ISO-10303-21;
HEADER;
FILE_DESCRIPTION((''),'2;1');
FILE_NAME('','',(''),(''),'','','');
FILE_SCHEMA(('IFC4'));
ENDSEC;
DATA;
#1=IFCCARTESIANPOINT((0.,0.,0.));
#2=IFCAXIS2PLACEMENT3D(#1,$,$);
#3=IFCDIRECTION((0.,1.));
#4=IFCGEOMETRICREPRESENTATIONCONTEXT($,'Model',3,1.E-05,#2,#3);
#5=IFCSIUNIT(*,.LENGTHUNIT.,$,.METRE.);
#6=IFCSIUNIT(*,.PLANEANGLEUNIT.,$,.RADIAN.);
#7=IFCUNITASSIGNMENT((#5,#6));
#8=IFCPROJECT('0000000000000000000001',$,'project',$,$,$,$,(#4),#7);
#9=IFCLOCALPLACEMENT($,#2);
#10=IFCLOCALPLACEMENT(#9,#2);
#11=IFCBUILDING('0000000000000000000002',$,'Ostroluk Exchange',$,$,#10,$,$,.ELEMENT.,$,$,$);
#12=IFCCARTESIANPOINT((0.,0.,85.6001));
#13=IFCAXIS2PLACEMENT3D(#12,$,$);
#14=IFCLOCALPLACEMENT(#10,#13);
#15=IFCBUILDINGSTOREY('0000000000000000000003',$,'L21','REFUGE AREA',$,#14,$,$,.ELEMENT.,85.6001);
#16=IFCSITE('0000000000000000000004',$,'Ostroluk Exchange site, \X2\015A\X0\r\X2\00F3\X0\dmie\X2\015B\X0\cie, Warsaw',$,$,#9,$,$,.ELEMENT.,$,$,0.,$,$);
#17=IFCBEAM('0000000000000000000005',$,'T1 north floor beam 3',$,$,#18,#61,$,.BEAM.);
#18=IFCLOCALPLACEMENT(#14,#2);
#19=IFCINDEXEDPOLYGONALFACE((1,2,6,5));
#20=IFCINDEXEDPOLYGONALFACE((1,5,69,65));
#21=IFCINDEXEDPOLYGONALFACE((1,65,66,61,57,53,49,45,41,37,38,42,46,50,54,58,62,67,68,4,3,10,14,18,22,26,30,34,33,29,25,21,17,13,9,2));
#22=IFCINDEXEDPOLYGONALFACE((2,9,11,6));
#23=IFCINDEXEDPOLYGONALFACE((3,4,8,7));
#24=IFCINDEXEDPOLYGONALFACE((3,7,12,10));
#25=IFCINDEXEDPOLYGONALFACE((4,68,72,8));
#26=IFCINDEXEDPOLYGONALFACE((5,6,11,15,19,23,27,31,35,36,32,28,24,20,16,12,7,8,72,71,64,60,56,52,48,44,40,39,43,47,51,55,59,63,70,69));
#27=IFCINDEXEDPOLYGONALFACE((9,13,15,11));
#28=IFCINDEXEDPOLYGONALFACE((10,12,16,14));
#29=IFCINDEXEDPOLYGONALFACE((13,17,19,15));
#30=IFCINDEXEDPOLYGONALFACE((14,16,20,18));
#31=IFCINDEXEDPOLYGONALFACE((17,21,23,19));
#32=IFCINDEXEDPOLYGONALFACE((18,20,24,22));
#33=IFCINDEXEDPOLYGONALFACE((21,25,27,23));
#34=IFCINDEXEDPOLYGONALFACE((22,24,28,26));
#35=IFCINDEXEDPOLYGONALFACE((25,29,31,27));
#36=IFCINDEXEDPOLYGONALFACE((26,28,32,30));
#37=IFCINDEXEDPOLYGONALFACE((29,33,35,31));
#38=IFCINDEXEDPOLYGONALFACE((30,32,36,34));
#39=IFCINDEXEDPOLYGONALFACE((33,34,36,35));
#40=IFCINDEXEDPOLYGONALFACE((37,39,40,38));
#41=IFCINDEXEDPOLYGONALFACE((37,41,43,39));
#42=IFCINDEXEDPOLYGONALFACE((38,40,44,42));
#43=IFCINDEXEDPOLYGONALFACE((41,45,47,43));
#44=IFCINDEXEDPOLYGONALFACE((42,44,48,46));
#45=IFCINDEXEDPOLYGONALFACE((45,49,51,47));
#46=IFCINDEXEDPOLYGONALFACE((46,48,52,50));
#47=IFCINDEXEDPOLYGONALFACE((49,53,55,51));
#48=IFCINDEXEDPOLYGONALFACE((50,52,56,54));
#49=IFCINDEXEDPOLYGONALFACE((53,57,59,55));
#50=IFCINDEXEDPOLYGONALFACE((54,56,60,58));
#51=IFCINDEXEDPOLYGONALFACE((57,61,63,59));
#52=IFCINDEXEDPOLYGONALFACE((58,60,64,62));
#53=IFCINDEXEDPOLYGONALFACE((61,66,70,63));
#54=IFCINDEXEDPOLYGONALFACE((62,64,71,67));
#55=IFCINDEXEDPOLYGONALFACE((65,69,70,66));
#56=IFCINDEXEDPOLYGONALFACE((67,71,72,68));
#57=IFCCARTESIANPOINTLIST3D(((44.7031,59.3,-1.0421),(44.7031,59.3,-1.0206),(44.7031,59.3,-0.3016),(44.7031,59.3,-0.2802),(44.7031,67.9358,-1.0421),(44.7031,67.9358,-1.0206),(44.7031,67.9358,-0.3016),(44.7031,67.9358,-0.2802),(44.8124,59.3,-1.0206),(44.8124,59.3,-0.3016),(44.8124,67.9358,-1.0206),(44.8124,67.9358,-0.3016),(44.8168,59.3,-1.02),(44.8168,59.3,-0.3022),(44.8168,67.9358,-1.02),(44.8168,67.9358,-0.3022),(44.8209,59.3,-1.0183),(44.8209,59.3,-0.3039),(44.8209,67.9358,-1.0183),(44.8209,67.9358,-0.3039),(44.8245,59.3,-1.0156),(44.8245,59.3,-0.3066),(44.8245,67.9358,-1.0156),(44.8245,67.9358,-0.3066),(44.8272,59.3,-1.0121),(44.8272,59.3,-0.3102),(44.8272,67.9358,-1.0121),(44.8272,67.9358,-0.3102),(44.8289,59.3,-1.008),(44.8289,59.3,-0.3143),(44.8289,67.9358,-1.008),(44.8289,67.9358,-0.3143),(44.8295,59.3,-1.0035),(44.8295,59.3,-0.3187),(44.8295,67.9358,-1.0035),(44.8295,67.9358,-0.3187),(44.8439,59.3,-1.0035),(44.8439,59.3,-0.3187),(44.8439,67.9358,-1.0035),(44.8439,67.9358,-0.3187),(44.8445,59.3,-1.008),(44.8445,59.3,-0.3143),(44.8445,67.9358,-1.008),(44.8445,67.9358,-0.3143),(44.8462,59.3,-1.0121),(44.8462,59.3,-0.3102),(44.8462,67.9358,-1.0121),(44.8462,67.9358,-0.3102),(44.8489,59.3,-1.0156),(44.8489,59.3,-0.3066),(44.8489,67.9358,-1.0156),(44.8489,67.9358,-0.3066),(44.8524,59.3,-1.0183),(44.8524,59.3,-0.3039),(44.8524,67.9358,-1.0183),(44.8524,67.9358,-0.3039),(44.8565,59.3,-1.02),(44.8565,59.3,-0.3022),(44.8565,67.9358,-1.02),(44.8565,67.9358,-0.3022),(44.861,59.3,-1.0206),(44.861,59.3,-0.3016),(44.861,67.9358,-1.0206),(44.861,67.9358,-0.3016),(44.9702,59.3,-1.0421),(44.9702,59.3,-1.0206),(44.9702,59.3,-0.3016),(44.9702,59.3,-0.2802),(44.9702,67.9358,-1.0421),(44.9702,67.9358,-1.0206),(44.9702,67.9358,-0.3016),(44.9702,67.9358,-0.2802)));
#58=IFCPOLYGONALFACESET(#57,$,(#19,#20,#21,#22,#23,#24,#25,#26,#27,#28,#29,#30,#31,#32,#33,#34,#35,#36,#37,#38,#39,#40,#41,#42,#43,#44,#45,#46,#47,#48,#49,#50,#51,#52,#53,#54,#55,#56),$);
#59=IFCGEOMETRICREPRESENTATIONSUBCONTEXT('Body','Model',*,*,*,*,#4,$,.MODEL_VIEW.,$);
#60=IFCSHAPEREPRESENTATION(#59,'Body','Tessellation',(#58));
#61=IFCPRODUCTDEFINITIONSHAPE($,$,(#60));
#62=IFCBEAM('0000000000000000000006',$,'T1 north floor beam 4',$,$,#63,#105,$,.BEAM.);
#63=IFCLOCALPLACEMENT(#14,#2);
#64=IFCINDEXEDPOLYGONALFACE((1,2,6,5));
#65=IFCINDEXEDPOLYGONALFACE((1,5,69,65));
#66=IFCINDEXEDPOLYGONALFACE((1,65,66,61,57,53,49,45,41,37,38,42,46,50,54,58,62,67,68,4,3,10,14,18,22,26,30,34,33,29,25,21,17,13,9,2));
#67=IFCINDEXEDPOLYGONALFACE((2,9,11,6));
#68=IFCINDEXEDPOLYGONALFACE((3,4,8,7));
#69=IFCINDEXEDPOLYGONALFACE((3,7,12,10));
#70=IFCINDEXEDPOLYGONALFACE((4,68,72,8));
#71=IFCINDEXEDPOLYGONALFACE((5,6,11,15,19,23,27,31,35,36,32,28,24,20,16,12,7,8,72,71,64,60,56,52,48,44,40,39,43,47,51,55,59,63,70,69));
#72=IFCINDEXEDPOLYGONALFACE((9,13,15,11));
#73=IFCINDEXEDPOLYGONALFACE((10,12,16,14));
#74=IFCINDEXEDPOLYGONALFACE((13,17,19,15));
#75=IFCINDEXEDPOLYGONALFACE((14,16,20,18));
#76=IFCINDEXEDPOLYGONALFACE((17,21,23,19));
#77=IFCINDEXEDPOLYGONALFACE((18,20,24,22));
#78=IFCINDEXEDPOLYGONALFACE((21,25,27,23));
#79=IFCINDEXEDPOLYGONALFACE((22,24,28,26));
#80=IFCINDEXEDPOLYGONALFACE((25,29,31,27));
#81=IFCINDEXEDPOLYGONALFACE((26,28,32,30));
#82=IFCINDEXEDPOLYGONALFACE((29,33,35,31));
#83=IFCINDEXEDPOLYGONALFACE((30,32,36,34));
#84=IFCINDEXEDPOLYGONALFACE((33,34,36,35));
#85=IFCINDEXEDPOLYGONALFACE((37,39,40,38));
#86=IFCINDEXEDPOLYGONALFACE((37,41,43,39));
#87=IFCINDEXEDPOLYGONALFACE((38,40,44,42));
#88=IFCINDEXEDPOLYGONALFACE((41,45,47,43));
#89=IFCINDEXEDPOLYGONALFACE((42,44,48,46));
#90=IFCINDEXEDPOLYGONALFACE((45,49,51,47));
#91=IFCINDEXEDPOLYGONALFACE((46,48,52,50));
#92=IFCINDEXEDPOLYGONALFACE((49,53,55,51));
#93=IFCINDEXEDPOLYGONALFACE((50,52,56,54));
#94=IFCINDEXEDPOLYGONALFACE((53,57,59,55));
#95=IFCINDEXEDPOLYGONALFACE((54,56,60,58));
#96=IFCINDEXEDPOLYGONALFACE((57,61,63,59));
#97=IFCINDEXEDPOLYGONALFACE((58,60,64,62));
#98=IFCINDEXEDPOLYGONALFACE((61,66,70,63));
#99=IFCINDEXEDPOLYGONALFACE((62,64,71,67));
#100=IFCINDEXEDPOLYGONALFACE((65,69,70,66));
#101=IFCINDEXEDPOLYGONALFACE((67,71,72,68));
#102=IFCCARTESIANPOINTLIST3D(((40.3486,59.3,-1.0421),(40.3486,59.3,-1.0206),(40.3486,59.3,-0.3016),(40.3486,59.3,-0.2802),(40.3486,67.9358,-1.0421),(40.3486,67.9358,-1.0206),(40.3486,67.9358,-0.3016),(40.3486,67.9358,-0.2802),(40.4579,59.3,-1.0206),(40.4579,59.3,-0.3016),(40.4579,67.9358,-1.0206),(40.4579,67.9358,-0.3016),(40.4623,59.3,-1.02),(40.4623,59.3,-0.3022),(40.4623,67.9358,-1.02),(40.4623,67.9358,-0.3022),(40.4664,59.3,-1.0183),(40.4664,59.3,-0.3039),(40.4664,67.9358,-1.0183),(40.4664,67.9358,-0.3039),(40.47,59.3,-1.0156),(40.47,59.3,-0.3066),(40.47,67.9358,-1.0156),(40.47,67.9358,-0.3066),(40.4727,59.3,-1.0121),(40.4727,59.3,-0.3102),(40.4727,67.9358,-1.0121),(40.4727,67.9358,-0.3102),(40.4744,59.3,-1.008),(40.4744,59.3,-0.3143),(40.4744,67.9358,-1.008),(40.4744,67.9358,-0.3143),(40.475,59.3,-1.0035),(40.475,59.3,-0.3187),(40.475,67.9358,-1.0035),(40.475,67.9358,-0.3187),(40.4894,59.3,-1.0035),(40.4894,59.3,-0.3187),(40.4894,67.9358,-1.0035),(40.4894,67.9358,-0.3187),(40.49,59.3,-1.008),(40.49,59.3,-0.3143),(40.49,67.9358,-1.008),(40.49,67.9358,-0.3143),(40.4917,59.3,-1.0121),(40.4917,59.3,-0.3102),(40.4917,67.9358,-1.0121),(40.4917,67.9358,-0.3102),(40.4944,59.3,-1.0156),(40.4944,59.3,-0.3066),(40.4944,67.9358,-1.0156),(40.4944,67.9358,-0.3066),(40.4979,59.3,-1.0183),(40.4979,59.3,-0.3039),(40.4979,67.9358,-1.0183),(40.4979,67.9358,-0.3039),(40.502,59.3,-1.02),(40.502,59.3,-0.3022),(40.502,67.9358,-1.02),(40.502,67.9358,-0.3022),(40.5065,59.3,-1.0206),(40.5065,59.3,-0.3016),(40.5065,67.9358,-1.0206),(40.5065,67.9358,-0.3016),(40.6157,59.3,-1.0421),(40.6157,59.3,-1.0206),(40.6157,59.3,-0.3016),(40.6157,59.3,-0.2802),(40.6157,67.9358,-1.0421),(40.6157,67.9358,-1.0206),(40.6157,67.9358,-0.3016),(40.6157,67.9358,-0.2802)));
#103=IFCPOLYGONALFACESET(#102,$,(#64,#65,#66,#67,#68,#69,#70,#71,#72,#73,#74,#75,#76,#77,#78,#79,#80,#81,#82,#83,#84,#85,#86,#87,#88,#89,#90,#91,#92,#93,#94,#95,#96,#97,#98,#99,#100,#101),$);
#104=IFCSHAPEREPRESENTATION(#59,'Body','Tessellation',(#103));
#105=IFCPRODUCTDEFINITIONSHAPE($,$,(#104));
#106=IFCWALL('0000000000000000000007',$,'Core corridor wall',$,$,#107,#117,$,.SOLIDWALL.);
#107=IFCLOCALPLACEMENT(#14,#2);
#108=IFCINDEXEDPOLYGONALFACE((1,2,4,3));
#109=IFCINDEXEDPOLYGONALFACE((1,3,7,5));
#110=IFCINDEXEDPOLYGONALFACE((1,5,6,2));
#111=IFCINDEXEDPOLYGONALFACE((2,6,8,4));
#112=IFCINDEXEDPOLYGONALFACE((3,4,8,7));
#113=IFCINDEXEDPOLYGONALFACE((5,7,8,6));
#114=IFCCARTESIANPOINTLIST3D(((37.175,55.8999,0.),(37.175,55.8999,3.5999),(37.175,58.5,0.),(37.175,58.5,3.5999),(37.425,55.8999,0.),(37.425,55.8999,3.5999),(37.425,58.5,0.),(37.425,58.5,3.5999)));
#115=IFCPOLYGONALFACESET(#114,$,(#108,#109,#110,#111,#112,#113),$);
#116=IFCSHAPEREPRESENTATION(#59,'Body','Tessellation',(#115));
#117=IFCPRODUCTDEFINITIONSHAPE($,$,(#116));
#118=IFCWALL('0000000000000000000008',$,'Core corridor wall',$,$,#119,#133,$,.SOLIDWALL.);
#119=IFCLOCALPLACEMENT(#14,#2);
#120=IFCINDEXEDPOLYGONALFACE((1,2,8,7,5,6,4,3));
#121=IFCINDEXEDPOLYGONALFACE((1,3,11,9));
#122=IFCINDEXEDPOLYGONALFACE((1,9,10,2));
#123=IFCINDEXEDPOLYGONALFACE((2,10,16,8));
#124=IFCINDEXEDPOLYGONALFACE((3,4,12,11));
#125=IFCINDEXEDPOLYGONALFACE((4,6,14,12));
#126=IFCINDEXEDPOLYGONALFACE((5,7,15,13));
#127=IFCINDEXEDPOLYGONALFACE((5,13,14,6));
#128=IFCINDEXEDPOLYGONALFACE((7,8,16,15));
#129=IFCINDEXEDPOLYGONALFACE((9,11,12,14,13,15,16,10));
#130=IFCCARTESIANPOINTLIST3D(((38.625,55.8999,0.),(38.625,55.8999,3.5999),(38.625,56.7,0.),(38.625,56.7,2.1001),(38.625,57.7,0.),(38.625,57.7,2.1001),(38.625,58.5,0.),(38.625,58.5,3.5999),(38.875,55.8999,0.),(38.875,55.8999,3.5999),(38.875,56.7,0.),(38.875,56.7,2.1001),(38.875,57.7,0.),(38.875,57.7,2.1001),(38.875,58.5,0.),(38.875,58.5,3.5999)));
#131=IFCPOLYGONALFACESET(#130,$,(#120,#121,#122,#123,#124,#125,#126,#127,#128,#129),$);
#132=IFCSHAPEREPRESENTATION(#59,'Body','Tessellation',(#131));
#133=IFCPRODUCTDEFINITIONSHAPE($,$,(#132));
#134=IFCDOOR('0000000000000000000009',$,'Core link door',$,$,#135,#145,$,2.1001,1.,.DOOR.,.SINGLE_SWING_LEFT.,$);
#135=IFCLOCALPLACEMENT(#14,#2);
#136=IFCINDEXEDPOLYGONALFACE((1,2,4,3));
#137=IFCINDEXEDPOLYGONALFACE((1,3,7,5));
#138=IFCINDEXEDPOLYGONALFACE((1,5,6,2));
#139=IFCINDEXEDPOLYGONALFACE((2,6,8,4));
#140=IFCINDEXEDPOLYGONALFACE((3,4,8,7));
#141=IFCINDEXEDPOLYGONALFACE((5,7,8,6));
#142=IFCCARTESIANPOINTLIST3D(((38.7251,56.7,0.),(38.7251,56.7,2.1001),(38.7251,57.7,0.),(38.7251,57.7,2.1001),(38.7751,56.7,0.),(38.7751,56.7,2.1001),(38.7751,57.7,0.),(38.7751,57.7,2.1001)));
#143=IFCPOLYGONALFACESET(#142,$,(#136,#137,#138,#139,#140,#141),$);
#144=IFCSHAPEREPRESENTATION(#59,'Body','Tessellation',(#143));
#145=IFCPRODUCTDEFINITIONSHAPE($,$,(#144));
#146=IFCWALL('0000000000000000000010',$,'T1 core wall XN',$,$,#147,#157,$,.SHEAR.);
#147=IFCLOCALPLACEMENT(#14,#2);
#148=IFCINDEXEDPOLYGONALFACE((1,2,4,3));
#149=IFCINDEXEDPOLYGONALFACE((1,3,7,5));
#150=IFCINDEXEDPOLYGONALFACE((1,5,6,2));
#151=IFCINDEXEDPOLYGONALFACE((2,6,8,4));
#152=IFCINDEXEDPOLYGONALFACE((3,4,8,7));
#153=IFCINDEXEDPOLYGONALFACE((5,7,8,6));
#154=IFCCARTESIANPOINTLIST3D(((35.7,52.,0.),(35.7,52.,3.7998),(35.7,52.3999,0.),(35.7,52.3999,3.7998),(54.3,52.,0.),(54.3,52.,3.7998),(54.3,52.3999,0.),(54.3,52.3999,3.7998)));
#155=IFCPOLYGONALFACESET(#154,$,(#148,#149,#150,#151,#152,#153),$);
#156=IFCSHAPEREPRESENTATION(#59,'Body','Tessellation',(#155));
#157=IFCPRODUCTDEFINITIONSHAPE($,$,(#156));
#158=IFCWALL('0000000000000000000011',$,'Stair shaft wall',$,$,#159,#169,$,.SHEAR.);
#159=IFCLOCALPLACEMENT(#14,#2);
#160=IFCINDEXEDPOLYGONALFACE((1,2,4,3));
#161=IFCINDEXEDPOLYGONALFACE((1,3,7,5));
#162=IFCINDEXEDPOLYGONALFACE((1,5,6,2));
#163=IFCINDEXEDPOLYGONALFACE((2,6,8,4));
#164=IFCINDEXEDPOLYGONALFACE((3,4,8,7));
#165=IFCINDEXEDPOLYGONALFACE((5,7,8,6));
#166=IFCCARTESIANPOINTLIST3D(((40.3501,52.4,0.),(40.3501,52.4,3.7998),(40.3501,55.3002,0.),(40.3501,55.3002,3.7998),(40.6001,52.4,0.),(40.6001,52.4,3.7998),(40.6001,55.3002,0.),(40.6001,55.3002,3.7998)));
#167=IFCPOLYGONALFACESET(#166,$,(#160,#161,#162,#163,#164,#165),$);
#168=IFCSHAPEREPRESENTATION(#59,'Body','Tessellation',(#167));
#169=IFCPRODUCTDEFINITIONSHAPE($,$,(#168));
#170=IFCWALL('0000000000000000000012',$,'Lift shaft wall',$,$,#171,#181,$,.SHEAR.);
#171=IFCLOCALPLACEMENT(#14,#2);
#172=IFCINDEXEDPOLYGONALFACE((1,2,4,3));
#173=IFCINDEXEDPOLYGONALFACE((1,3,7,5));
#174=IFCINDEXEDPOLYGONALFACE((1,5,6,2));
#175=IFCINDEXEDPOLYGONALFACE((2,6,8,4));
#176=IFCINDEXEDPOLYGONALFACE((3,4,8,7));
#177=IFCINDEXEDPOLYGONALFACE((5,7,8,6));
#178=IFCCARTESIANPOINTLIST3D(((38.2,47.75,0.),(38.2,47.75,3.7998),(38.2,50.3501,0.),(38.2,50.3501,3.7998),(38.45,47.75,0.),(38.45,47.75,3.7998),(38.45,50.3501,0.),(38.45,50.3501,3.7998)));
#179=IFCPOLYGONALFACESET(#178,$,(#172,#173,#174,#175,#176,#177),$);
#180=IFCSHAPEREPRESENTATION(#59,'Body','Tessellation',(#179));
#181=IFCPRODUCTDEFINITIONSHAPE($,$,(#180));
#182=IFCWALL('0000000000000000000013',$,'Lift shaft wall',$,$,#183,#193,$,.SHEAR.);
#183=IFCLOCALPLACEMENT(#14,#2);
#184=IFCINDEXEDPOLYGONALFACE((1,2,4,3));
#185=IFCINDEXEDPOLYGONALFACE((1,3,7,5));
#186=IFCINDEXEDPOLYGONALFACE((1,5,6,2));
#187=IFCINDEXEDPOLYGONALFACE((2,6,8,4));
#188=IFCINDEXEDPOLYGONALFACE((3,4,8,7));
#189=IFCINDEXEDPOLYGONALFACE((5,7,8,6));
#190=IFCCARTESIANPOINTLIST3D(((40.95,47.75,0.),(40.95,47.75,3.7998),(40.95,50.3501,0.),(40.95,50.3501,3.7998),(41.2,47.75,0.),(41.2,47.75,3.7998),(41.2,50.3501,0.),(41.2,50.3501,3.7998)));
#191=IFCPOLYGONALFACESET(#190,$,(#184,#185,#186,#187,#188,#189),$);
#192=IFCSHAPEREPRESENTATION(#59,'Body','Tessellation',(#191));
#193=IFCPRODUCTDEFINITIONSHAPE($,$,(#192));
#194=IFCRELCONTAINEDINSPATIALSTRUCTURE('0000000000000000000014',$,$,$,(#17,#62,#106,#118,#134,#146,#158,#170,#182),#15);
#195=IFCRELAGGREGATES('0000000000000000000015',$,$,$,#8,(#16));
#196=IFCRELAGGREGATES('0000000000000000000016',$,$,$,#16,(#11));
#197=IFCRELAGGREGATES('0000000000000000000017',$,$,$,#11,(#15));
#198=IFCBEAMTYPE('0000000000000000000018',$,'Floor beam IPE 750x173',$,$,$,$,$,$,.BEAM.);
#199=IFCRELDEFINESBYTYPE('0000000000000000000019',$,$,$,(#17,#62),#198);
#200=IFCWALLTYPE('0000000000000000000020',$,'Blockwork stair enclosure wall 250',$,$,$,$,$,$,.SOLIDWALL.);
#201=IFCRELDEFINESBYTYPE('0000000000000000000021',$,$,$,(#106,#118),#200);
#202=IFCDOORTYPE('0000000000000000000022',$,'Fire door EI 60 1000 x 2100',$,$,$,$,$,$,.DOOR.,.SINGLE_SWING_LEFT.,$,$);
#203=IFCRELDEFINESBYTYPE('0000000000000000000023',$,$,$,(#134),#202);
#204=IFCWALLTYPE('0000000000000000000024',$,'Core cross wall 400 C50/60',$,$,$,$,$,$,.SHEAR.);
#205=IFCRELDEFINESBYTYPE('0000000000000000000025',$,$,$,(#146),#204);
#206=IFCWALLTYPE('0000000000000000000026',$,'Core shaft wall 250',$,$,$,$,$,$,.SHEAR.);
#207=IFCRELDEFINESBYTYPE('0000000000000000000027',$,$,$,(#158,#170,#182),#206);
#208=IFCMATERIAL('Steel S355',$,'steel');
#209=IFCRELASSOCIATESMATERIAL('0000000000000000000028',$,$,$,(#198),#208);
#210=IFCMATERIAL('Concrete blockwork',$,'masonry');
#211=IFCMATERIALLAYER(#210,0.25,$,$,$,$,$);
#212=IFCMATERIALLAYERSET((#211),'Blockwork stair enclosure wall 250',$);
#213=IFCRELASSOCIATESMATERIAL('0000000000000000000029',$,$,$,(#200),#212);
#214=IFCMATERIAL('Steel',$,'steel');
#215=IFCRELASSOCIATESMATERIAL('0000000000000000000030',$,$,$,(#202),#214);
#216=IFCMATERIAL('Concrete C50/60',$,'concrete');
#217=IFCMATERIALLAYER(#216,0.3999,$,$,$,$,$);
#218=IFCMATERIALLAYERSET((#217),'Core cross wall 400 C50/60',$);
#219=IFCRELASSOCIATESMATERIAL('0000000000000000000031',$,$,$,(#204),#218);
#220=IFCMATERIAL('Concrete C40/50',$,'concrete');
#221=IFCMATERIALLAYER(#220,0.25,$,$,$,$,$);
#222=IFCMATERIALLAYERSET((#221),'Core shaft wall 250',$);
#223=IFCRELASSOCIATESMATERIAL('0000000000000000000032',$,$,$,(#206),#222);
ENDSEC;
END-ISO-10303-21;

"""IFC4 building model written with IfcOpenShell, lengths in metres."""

from ifc_helpers import new_model, si_unit, direction, frame, frame_2d, origin, origin_2d, place, context, subcontext, project, spatial, rectangle, i_section, extrude, material, layer, layer_set, material_profile, profile_set, type_object, element, fill, save


model = new_model("IFC4")

# Units and contexts
model_context = context("Model", 3, precision=1e-05, world=origin(), true_north=direction((0.0, 1.0)))
body_context = subcontext(model_context, "Body", "Model", "MODEL_VIEW")
ifc_project = project(units=[si_unit("LENGTHUNIT", "METRE"), si_unit("PLANEANGLEUNIT", "RADIAN")], contexts=[model_context])

# Site, building, storey
site_placement = place(None, origin())
site = spatial("IfcSite", under=ifc_project, at=site_placement, Name="Ostroluk Exchange site, Śródmieście, Warsaw", CompositionType="ELEMENT", RefElevation=0.0)
building_placement = place(site_placement, origin())
building = spatial("IfcBuilding", under=site, at=building_placement, Name="Ostroluk Exchange", CompositionType="ELEMENT")
storey_placement = place(building_placement, frame((0.0, 0.0, 85.6001)))
storey = spatial("IfcBuildingStorey", under=building, at=storey_placement, Name="L21", Description="REFUGE AREA", CompositionType="ELEMENT", Elevation=85.6001)

# Beams
ifc_material_1 = material(Name="Steel S355", Category="steel")
ifc_material_profile_1 = material_profile(ifc_material_1, i_section(OverallWidth=0.2671, OverallDepth=0.762, WebThickness=0.0144, FlangeThickness=0.0215, FilletRadius=0.0171, at=origin_2d()), Name="IPE 750x173")
ifc_profile_set_1 = profile_set([ifc_material_profile_1], Name="Steel S355")
beam_type_1 = type_object("IfcBeamType", Name="Floor beam IPE 750x173", PredefinedType="BEAM", material=ifc_profile_set_1)
for number, where, z_axis, x_axis, name in (
    (1, (44.8367, 59.3, -0.6611), (0.0, 1.0, 0.0), (-1.0, 0.0, 0.0), "T1 north floor beam 3"),
    (2, (40.4822, 59.3, -0.6611), (0.0, 1.0, 0.0), (-1.0, 0.0, 0.0), "T1 north floor beam 4"),
):
    element("IfcBeam", number, at=place(storey_placement, frame(where, z_axis=z_axis, x_axis=x_axis)), inside=storey, type_object=beam_type_1, Name=name, PredefinedType="BEAM", context=body_context, shape_type="SweptSolid", body=[
        extrude(i_section(OverallWidth=0.2671, OverallDepth=0.762, WebThickness=0.0144, FlangeThickness=0.0215, FilletRadius=0.0171, at=origin_2d()), origin(), (0.0, 0.0, 1.0), 8.6357),
    ])

# Wall
ifc_material_2 = material(Name="Concrete blockwork", Category="masonry")
ifc_layer_1 = layer(ifc_material_2, 0.25)
ifc_layer_set_1 = layer_set([ifc_layer_1], Name="Blockwork stair enclosure wall 250")
wall_type_1 = type_object("IfcWallType", Name="Blockwork stair enclosure wall 250", PredefinedType="SOLIDWALL", material=ifc_layer_set_1)
wall_1_placement = place(storey_placement, frame((37.3, 55.8999, 0.0), z_axis=(0.0, 0.0, 1.0), x_axis=(0.0, 1.0, 0.0)))
element("IfcWall", 3, at=wall_1_placement, inside=storey, type_object=wall_type_1, Name="Core corridor wall", PredefinedType="SOLIDWALL", context=body_context, shape_type="SweptSolid", body=[
    extrude(rectangle(XDim=2.6001, YDim=0.25, at=frame_2d((1.3, 0.0))), origin(), (0.0, 0.0, 1.0), 3.5999),
])

# Wall, opening, door
wall_2_placement = place(storey_placement, frame((38.75, 55.8999, 0.0), z_axis=(0.0, 0.0, 1.0), x_axis=(0.0, 1.0, 0.0)))
wall_2 = element("IfcWall", 4, at=wall_2_placement, inside=storey, type_object=wall_type_1, Name="Core corridor wall", PredefinedType="SOLIDWALL", context=body_context, shape_type="SweptSolid", body=[
    extrude(rectangle(XDim=2.6001, YDim=0.25, at=frame_2d((1.3, 0.0))), origin(), (0.0, 0.0, 1.0), 3.5999),
])
opening_1_placement = place(wall_2_placement, frame((0.8, 0.0, 0.0)))
opening_1 = element("IfcOpeningElement", 5, at=opening_1_placement, cuts=wall_2, PredefinedType="OPENING", context=body_context, shape_type="SweptSolid", body=[
    extrude(rectangle(XDim=1.0, YDim=2.1001, at=frame_2d((0.5, 1.05))), frame((0.0, 0.135, 0.0), z_axis=(0.0, -1.0, 0.0), x_axis=(1.0, 0.0, 0.0)), (0.0, 0.0, 1.0), 0.27),
])
ifc_material_3 = material(Name="Steel", Category="steel")
door_type_1 = type_object("IfcDoorType", Name="Fire door EI 60 1000 x 2100", OperationType="SINGLE_SWING_LEFT", PredefinedType="DOOR", material=ifc_material_3)
door_1_placement = place(opening_1_placement, origin())
door_1 = element("IfcDoor", 6, at=door_1_placement, inside=storey, type_object=door_type_1, Name="Core link door", OperationType="SINGLE_SWING_LEFT", OverallHeight=2.1001, OverallWidth=1.0, PredefinedType="DOOR", context=body_context, shape_type="SweptSolid", body=[
    extrude(rectangle(XDim=1.0, YDim=2.1001, at=frame_2d((0.5, 1.05))), frame((0.0, 0.0249, 0.0), z_axis=(0.0, -1.0, 0.0), x_axis=(1.0, 0.0, 0.0)), (0.0, 0.0, 1.0), 0.05),
])
fill(opening_1, door_1)

# Walls
ifc_material_4 = material(Name="Concrete C50/60", Category="concrete")
ifc_layer_2 = layer(ifc_material_4, 0.3999)
ifc_layer_set_2 = layer_set([ifc_layer_2], Name="Core cross wall 400 C50/60")
wall_type_2 = type_object("IfcWallType", Name="Core cross wall 400 C50/60", PredefinedType="SHEAR", material=ifc_layer_set_2)
wall_3_placement = place(storey_placement, frame((35.7, 52.2, 0.0), z_axis=(0.0, 0.0, 1.0), x_axis=(1.0, 0.0, 0.0)))
element("IfcWall", 7, at=wall_3_placement, inside=storey, type_object=wall_type_2, Name="T1 core wall XN", PredefinedType="SHEAR", context=body_context, shape_type="SweptSolid", body=[
    extrude(rectangle(XDim=18.6001, YDim=0.3999, at=frame_2d((9.3, 0.0))), origin(), (0.0, 0.0, 1.0), 3.7998),
])
ifc_material_5 = material(Name="Concrete C40/50", Category="concrete")
ifc_layer_3 = layer(ifc_material_5, 0.25)
ifc_layer_set_3 = layer_set([ifc_layer_3], Name="Core shaft wall 250")
wall_type_3 = type_object("IfcWallType", Name="Core shaft wall 250", PredefinedType="SHEAR", material=ifc_layer_set_3)
wall_4_placement = place(storey_placement, frame((40.4751, 52.3999, 0.0), z_axis=(0.0, 0.0, 1.0), x_axis=(0.0, 1.0, 0.0)))
element("IfcWall", 8, at=wall_4_placement, inside=storey, type_object=wall_type_3, Name="Stair shaft wall", PredefinedType="SHEAR", context=body_context, shape_type="SweptSolid", body=[
    extrude(rectangle(XDim=2.9001, YDim=0.25, at=frame_2d((1.4502, 0.0))), origin(), (0.0, 0.0, 1.0), 3.7998),
])
for number, where, z_axis, x_axis, name in (
    (9, (38.325, 47.75, 0.0), (0.0, 0.0, 1.0), (0.0, 1.0, 0.0), "Lift shaft wall"),
    (10, (41.075, 47.75, 0.0), (0.0, 0.0, 1.0), (0.0, 1.0, 0.0), "Lift shaft wall"),
):
    element("IfcWall", number, at=place(storey_placement, frame(where, z_axis=z_axis, x_axis=x_axis)), inside=storey, type_object=wall_type_3, Name=name, PredefinedType="SHEAR", context=body_context, shape_type="SweptSolid", body=[
        extrude(rectangle(XDim=2.6001, YDim=0.25, at=frame_2d((1.3, 0.0))), origin(), (0.0, 0.0, 1.0), 3.7998),
    ])

save(model, "model.ifc")
